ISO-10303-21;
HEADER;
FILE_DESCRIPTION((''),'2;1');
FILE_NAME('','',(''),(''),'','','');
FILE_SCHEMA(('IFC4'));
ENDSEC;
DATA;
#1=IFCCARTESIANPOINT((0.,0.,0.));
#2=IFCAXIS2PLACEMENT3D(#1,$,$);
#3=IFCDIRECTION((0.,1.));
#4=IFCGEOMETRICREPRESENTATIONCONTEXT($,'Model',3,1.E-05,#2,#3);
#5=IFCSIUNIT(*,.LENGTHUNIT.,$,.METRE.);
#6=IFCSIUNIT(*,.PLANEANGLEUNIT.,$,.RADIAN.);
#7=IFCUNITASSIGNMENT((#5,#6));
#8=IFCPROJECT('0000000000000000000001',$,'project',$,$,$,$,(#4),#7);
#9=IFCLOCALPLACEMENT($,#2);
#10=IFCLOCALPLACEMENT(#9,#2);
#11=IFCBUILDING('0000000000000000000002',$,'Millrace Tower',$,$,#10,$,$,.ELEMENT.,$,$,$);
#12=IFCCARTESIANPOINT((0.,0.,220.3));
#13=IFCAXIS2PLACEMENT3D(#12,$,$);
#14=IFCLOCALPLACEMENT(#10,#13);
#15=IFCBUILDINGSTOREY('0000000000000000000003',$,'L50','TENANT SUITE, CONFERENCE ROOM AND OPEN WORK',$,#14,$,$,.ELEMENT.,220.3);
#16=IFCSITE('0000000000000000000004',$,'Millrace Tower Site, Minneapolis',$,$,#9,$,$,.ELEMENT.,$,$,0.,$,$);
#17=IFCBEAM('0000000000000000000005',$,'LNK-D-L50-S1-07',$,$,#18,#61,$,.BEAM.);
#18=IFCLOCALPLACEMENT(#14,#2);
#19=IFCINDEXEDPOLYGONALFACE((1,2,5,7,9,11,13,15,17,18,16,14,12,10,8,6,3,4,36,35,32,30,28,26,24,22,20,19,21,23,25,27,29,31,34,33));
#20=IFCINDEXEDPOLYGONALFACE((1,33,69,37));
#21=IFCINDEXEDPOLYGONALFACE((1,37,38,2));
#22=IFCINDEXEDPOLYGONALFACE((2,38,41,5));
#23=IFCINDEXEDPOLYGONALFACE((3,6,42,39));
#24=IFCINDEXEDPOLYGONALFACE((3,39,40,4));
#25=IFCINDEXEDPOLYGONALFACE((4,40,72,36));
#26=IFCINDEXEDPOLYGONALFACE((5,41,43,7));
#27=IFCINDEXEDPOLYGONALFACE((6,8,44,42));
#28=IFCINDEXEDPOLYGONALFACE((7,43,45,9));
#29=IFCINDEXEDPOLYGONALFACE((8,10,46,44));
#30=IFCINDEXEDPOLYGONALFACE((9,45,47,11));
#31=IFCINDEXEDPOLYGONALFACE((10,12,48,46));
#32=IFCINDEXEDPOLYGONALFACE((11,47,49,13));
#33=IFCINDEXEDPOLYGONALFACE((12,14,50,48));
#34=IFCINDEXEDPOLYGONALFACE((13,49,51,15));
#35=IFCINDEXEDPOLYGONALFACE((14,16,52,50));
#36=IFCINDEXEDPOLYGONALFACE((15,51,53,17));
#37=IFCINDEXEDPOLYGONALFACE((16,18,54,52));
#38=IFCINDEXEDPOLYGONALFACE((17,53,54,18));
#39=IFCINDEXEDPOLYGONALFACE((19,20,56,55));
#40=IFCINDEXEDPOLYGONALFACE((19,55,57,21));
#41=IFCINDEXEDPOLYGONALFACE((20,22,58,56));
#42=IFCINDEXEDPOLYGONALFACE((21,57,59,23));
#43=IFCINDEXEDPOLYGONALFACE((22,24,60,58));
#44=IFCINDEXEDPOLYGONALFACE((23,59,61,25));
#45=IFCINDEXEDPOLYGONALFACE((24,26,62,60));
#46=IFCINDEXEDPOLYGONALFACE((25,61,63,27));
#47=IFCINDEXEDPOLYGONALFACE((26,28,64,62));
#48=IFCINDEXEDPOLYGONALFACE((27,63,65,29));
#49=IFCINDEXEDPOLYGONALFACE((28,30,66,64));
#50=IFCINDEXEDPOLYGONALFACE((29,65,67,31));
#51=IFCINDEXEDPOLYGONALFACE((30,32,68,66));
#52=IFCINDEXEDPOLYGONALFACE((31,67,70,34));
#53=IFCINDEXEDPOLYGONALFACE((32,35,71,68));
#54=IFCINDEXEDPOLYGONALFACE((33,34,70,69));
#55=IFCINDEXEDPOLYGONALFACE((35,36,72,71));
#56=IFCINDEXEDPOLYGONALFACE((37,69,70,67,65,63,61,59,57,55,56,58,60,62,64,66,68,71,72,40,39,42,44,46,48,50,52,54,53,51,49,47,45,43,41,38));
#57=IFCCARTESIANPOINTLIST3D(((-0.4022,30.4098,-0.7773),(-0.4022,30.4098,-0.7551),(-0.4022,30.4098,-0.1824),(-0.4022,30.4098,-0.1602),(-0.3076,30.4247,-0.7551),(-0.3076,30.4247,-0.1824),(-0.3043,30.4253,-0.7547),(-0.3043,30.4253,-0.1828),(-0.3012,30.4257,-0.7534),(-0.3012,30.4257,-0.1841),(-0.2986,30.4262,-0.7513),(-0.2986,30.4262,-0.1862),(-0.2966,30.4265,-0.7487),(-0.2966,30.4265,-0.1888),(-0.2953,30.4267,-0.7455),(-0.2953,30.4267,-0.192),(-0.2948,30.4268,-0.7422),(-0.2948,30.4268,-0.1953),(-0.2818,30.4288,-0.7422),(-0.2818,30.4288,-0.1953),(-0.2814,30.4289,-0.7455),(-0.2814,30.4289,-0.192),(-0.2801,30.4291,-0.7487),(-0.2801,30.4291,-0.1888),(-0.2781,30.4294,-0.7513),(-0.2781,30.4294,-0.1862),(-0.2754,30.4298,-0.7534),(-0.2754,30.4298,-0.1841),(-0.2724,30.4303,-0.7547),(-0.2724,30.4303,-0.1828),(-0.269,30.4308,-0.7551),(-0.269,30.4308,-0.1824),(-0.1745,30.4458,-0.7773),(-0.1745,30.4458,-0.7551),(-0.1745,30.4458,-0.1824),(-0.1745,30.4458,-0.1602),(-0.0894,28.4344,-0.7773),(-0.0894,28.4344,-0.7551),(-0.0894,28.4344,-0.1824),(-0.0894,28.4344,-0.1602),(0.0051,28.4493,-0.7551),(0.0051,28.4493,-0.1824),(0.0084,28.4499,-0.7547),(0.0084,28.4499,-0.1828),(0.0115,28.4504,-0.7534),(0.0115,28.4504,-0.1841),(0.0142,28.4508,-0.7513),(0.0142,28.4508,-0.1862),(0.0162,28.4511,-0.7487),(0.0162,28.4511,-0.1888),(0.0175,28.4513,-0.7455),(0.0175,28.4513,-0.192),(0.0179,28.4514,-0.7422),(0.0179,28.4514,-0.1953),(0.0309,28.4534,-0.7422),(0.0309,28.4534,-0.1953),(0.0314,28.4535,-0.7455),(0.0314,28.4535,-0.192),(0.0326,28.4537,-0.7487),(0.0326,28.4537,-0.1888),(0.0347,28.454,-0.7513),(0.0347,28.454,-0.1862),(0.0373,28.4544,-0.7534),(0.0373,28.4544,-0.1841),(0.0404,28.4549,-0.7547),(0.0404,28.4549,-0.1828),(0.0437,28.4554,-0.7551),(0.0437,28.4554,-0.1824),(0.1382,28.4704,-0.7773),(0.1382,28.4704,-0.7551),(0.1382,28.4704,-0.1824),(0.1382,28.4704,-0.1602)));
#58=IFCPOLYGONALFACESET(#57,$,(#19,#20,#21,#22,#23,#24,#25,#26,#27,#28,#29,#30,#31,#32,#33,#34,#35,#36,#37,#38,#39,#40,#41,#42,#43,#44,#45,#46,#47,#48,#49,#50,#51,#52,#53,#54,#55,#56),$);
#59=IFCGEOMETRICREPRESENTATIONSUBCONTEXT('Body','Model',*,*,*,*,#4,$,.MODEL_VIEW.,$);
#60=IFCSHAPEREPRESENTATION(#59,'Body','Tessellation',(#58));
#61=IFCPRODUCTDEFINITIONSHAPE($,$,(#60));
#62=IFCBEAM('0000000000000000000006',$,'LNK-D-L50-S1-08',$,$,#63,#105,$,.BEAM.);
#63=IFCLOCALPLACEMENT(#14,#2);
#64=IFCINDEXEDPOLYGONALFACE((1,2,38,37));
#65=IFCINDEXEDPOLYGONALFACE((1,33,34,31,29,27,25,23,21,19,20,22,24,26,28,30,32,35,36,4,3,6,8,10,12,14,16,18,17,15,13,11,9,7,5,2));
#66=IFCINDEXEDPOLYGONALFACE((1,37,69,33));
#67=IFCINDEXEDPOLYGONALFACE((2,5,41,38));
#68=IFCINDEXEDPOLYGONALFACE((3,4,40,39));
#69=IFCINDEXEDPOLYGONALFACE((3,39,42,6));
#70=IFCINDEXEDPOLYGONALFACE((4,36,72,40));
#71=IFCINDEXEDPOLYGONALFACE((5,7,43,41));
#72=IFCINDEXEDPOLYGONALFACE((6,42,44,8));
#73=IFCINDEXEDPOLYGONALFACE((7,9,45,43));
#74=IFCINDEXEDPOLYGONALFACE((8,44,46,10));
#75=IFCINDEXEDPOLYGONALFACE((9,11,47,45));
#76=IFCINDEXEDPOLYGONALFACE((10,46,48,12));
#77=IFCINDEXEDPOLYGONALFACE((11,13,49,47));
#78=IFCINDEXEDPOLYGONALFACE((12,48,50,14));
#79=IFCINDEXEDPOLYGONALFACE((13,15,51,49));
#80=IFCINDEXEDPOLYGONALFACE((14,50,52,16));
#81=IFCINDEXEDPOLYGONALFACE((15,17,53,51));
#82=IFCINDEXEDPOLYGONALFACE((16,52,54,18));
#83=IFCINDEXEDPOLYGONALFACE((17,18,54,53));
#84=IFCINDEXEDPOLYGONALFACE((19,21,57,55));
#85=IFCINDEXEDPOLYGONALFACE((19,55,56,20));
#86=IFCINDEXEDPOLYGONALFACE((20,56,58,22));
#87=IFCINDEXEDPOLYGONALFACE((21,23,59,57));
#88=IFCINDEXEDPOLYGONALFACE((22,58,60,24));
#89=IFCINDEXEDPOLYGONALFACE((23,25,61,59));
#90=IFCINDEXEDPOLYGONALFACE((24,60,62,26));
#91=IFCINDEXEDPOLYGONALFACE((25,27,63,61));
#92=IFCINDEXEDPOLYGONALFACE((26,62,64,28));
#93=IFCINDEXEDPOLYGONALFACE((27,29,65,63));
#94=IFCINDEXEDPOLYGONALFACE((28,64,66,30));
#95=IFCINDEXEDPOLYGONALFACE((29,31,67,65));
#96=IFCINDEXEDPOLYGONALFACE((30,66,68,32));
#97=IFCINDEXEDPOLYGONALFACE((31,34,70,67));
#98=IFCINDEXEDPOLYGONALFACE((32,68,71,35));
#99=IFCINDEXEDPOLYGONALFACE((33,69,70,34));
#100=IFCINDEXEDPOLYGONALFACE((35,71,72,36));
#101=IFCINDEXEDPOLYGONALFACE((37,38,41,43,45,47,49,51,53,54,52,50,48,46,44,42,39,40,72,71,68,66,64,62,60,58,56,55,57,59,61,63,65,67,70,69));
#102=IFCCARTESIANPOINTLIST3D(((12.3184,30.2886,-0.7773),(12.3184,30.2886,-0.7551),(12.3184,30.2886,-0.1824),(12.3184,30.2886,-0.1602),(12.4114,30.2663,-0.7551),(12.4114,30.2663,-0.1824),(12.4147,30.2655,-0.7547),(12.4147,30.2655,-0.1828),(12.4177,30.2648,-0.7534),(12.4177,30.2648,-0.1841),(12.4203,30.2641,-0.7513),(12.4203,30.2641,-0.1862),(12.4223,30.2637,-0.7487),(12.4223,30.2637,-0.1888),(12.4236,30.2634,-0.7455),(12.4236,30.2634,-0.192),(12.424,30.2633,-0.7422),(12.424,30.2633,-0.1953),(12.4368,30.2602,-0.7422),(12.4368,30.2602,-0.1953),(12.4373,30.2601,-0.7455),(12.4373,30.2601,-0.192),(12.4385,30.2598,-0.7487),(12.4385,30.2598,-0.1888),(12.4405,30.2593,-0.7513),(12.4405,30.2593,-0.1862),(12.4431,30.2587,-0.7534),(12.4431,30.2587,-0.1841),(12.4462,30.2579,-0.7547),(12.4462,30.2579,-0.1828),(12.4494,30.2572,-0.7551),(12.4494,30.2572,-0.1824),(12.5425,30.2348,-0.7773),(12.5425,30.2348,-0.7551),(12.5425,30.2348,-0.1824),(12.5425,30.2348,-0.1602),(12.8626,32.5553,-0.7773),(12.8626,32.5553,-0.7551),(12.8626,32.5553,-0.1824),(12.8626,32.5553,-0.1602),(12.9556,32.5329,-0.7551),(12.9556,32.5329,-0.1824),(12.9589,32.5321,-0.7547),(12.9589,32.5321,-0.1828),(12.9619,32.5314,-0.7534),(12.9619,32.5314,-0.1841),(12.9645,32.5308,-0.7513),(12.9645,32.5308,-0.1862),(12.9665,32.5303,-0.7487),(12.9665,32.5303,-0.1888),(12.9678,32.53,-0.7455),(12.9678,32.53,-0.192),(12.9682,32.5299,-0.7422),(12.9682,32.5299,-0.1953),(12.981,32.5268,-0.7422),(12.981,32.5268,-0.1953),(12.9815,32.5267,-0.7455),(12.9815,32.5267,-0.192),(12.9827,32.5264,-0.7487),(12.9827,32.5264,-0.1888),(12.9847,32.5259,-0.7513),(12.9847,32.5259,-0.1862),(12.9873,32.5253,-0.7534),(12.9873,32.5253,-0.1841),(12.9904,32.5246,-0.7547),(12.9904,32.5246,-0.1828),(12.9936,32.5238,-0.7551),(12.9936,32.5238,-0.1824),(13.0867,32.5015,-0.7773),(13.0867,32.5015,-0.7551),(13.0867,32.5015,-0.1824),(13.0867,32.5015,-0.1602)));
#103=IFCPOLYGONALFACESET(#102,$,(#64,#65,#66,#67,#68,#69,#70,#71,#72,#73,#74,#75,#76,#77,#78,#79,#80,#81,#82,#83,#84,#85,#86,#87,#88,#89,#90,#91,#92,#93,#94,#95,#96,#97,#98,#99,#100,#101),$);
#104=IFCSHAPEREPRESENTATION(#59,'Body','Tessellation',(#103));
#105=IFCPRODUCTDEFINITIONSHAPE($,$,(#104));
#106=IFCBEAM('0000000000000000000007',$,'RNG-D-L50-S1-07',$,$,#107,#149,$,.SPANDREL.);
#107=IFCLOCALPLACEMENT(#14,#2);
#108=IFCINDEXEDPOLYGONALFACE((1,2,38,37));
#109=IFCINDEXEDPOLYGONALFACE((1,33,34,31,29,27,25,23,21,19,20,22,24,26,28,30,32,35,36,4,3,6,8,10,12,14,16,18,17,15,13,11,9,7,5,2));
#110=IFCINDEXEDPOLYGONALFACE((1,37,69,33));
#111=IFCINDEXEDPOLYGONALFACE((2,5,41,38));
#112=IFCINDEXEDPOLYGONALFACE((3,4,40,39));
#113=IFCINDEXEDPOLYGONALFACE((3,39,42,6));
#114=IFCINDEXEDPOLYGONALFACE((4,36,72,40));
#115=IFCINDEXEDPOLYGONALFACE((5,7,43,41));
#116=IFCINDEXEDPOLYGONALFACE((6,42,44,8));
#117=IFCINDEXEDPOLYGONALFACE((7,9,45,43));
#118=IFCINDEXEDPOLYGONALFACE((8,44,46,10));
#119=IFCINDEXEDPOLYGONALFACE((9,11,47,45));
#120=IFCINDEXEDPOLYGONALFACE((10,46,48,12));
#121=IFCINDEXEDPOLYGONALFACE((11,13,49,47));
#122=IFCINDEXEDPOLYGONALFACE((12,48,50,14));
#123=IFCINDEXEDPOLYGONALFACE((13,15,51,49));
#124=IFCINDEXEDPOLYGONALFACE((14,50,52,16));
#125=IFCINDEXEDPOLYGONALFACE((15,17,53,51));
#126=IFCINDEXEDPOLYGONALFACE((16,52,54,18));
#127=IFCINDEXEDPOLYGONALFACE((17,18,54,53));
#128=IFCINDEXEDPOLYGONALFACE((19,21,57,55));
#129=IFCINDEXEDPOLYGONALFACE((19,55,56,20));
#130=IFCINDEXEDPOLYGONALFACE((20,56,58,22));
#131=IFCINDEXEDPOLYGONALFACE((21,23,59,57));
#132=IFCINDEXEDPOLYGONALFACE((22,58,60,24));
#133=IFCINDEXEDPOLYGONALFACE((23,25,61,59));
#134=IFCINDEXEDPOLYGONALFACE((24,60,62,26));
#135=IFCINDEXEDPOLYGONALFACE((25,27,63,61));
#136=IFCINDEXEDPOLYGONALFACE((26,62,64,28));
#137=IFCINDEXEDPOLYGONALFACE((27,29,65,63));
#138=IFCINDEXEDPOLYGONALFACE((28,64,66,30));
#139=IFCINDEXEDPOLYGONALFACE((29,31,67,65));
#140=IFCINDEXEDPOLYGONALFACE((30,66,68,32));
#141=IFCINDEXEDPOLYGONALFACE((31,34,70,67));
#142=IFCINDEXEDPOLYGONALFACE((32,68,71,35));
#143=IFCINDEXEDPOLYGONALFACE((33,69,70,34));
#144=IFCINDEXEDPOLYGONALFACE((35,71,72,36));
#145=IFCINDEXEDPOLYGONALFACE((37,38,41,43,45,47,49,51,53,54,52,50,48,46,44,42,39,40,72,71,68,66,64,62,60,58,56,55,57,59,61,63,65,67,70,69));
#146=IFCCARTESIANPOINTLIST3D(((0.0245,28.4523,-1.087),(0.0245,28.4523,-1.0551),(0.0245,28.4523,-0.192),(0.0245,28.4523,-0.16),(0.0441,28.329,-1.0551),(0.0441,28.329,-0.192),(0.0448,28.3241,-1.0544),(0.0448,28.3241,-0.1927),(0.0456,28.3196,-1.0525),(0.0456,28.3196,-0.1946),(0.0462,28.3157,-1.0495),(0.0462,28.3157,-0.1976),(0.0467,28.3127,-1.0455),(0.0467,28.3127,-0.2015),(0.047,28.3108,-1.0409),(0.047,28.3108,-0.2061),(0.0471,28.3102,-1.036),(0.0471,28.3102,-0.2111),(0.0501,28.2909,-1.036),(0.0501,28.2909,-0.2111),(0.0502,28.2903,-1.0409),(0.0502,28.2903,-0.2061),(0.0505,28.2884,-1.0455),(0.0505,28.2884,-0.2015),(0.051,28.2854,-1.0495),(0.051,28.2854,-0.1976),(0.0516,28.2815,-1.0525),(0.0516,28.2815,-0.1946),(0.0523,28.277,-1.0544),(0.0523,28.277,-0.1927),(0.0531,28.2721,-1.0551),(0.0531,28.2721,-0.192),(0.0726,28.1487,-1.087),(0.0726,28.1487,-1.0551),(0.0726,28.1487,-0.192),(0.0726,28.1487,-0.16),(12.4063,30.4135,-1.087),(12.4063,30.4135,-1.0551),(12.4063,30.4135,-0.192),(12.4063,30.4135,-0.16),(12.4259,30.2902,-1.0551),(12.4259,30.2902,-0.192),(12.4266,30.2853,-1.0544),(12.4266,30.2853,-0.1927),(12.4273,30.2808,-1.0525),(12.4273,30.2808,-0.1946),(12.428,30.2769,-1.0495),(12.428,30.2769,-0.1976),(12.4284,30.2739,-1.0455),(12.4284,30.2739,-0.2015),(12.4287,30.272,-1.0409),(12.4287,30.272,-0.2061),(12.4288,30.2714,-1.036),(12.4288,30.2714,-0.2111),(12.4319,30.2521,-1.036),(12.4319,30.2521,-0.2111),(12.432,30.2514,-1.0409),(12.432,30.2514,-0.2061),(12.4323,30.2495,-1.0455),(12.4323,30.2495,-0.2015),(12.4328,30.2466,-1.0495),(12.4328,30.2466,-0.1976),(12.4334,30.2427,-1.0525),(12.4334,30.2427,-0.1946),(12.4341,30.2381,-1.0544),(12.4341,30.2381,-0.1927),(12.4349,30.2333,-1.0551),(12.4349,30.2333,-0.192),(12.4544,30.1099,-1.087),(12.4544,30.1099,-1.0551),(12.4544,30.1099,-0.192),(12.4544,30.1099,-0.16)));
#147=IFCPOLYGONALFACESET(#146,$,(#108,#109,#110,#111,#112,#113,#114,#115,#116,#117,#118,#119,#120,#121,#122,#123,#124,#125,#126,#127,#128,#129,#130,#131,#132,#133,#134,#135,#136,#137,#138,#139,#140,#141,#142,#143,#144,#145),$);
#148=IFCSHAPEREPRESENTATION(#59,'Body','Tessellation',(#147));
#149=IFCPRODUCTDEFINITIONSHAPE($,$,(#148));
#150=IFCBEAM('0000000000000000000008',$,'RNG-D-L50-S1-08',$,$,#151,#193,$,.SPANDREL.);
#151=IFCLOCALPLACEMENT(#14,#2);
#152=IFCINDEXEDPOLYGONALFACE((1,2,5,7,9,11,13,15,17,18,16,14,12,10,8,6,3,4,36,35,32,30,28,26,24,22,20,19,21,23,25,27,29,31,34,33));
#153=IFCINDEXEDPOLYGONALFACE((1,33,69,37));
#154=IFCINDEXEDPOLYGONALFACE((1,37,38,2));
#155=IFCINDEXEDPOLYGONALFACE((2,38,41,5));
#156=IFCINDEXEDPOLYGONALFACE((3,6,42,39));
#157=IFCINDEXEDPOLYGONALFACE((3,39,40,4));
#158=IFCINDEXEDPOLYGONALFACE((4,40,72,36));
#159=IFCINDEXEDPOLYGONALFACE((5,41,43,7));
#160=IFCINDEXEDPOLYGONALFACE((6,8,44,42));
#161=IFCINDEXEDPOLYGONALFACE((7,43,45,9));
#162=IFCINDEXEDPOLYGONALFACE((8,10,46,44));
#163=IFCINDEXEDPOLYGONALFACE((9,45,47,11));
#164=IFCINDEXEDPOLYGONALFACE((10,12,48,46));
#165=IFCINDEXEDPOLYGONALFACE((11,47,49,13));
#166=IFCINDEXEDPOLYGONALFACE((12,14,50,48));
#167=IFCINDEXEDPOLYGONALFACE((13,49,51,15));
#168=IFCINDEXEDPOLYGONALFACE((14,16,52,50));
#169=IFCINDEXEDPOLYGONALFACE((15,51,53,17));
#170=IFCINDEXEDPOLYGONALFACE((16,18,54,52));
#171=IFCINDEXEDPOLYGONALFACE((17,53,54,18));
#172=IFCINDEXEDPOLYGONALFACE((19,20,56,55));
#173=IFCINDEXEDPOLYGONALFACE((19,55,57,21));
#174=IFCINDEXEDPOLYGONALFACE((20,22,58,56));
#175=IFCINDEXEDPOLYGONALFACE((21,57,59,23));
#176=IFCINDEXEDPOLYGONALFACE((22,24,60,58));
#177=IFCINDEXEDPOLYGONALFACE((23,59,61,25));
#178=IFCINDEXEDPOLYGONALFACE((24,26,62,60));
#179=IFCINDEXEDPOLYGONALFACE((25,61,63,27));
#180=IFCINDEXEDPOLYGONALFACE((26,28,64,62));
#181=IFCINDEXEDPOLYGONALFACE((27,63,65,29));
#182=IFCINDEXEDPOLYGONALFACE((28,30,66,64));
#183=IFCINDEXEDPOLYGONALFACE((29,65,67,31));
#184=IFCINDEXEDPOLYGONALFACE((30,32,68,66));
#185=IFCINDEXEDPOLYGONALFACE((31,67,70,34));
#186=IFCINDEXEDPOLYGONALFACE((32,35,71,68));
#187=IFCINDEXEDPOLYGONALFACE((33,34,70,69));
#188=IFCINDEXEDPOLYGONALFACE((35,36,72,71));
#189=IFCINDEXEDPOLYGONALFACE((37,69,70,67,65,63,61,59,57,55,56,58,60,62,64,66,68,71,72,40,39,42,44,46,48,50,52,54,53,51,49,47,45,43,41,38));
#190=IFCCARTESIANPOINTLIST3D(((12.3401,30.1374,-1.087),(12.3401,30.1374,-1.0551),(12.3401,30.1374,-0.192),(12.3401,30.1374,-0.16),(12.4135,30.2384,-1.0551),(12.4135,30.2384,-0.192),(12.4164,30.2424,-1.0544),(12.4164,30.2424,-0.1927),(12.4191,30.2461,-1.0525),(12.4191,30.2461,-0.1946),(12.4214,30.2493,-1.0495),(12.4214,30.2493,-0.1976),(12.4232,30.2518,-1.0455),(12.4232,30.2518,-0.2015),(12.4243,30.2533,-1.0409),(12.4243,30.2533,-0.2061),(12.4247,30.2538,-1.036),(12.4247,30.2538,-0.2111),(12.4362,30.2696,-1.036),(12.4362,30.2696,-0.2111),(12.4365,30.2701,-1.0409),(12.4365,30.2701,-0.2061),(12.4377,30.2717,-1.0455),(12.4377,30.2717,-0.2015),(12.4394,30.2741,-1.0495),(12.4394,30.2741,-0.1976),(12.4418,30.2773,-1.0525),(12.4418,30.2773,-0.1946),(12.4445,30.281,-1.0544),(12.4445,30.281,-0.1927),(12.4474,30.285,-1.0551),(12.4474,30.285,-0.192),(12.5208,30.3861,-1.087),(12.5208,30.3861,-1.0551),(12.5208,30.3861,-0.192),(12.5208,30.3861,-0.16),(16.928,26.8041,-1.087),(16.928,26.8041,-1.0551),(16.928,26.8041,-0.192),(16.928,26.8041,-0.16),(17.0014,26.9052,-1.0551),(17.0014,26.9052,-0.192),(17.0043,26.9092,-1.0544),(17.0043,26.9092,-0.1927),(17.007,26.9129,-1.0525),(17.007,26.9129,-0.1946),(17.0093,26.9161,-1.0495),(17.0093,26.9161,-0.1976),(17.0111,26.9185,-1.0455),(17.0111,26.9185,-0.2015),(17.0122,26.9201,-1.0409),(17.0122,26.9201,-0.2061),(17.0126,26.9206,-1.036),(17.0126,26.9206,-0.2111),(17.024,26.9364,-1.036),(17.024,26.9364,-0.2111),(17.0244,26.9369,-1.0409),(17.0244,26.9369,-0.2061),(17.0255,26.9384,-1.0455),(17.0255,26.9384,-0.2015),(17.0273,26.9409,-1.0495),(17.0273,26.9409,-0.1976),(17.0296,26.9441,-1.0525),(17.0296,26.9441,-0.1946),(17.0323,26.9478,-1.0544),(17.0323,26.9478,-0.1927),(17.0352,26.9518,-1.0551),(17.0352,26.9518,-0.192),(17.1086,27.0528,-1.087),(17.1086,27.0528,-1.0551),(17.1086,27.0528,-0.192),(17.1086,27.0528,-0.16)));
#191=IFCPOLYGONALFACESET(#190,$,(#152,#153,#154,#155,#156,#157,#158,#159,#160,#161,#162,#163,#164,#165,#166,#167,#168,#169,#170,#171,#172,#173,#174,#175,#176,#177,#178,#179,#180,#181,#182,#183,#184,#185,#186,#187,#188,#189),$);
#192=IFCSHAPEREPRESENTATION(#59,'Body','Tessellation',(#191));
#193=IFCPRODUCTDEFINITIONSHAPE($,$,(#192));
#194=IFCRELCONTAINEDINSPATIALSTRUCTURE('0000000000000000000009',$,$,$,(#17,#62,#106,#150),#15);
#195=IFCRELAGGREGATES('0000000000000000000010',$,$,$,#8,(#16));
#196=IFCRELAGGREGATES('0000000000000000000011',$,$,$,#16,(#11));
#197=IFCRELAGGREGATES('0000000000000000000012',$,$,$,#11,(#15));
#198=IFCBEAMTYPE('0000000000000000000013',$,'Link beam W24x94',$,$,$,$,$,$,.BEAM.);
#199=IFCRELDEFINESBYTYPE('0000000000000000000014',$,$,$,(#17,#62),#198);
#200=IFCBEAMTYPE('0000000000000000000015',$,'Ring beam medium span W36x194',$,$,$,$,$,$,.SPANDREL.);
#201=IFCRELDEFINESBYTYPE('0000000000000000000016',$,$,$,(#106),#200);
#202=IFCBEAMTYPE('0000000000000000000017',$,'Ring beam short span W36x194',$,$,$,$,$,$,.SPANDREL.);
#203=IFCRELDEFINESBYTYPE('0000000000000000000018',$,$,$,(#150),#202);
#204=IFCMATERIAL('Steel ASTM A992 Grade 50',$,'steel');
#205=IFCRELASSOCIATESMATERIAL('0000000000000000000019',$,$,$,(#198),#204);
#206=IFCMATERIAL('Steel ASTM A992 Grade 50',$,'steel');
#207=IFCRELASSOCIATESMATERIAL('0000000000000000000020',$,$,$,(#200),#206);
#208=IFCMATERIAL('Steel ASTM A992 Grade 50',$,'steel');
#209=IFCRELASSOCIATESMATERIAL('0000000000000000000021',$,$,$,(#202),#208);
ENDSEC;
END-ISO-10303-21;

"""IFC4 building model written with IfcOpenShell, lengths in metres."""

from ifc_helpers import new_model, si_unit, direction, frame, origin, origin_2d, place, context, subcontext, project, spatial, i_section, extrude, material, material_profile, profile_set, type_object, element, save


model = new_model("IFC4")

# Units and contexts
model_context = context("Model", 3, precision=1e-05, world=origin(), true_north=direction((0.0, 1.0)))
body_context = subcontext(model_context, "Body", "Model", "MODEL_VIEW")
ifc_project = project(units=[si_unit("LENGTHUNIT", "METRE"), si_unit("PLANEANGLEUNIT", "RADIAN")], contexts=[model_context])

# Site, building, storey
site_placement = place(None, origin())
site = spatial("IfcSite", under=ifc_project, at=site_placement, Name="Millrace Tower Site, Minneapolis", CompositionType="ELEMENT", RefElevation=0.0)
building_placement = place(site_placement, origin())
building = spatial("IfcBuilding", under=site, at=building_placement, Name="Millrace Tower", CompositionType="ELEMENT")
storey_placement = place(building_placement, frame((0.0, 0.0, 220.3)))
storey = spatial("IfcBuildingStorey", under=building, at=storey_placement, Name="L50", Description="TENANT SUITE, CONFERENCE ROOM AND OPEN WORK", CompositionType="ELEMENT", Elevation=220.3)

# Beams
ifc_material_1 = material(Name="Steel ASTM A992 Grade 50", Category="steel")
ifc_material_profile_1 = material_profile(ifc_material_1, i_section(OverallWidth=0.2305, OverallDepth=0.6172, WebThickness=0.0132, FlangeThickness=0.0222, FilletRadius=0.0129, at=origin_2d()))
ifc_profile_set_1 = profile_set([ifc_material_profile_1], Name="Steel ASTM A992 Grade 50")
beam_type_1 = type_object("IfcBeamType", Name="Link beam W24x94", PredefinedType="BEAM", material=ifc_profile_set_1)
beam_1_placement = place(storey_placement, frame((0.0244, 28.4524, -0.4688), z_axis=(-0.156376, 0.987698, 0.0), x_axis=(-0.987698, -0.156376, 0.0)))
element("IfcBeam", 1, at=beam_1_placement, inside=storey, type_object=beam_type_1, Name="LNK-D-L50-S1-07", PredefinedType="BEAM", context=body_context, shape_type="SweptSolid", body=[
    extrude(i_section(OverallWidth=0.2305, OverallDepth=0.6172, WebThickness=0.0132, FlangeThickness=0.0222, FilletRadius=0.0129, at=origin_2d()), origin(), (0.0, 0.0, 1.0), 2.0),
])
beam_2_placement = place(storey_placement, frame((12.4304, 30.2617, -0.4688), z_axis=(0.233456, 0.972367, 0.0), x_axis=(-0.972367, 0.233456, 0.0)))
element("IfcBeam", 2, at=beam_2_placement, inside=storey, type_object=beam_type_1, Name="LNK-D-L50-S1-08", PredefinedType="BEAM", context=body_context, shape_type="SweptSolid", body=[
    extrude(i_section(OverallWidth=0.2305, OverallDepth=0.6172, WebThickness=0.0132, FlangeThickness=0.0222, FilletRadius=0.0129, at=origin_2d()), origin(), (0.0, 0.0, 1.0), 2.3311),
])
ifc_material_2 = material(Name="Steel ASTM A992 Grade 50", Category="steel")
ifc_material_profile_2 = material_profile(ifc_material_2, i_section(OverallWidth=0.3074, OverallDepth=0.927, WebThickness=0.0195, FlangeThickness=0.032, FilletRadius=0.019, at=origin_2d()))
ifc_profile_set_2 = profile_set([ifc_material_profile_2], Name="Steel ASTM A992 Grade 50")
beam_type_2 = type_object("IfcBeamType", Name="Ring beam medium span W36x194", PredefinedType="SPANDREL", material=ifc_profile_set_2)
beam_3_placement = place(storey_placement, frame((0.0486, 28.3005, -0.6235), z_axis=(0.987687, 0.156442, 0.0), x_axis=(-0.156442, 0.987687, 0.0)))
element("IfcBeam", 3, at=beam_3_placement, inside=storey, type_object=beam_type_2, Name="RNG-D-L50-S1-07", PredefinedType="SPANDREL", context=body_context, shape_type="SweptSolid", body=[
    extrude(i_section(OverallWidth=0.3074, OverallDepth=0.927, WebThickness=0.0195, FlangeThickness=0.032, FilletRadius=0.019, at=origin_2d()), origin(), (0.0, 0.0, 1.0), 12.5361),
])
ifc_material_3 = material(Name="Steel ASTM A992 Grade 50", Category="steel")
ifc_material_profile_3 = material_profile(ifc_material_3, i_section(OverallWidth=0.3074, OverallDepth=0.927, WebThickness=0.0195, FlangeThickness=0.032, FilletRadius=0.019, at=origin_2d()))
ifc_profile_set_3 = profile_set([ifc_material_profile_3], Name="Steel ASTM A992 Grade 50")
beam_type_3 = type_object("IfcBeamType", Name="Ring beam short span W36x194", PredefinedType="SPANDREL", material=ifc_profile_set_3)
beam_4_placement = place(storey_placement, frame((12.4304, 30.2617, -0.6235), z_axis=(0.809021, -0.58778, 0.0), x_axis=(0.58778, 0.809021, 0.0)))
element("IfcBeam", 4, at=beam_4_placement, inside=storey, type_object=beam_type_3, Name="RNG-D-L50-S1-08", PredefinedType="SPANDREL", context=body_context, shape_type="SweptSolid", body=[
    extrude(i_section(OverallWidth=0.3074, OverallDepth=0.927, WebThickness=0.0195, FlangeThickness=0.032, FilletRadius=0.019, at=origin_2d()), origin(), (0.0, 0.0, 1.0), 5.6709),
])

save(model, "model.ifc")
